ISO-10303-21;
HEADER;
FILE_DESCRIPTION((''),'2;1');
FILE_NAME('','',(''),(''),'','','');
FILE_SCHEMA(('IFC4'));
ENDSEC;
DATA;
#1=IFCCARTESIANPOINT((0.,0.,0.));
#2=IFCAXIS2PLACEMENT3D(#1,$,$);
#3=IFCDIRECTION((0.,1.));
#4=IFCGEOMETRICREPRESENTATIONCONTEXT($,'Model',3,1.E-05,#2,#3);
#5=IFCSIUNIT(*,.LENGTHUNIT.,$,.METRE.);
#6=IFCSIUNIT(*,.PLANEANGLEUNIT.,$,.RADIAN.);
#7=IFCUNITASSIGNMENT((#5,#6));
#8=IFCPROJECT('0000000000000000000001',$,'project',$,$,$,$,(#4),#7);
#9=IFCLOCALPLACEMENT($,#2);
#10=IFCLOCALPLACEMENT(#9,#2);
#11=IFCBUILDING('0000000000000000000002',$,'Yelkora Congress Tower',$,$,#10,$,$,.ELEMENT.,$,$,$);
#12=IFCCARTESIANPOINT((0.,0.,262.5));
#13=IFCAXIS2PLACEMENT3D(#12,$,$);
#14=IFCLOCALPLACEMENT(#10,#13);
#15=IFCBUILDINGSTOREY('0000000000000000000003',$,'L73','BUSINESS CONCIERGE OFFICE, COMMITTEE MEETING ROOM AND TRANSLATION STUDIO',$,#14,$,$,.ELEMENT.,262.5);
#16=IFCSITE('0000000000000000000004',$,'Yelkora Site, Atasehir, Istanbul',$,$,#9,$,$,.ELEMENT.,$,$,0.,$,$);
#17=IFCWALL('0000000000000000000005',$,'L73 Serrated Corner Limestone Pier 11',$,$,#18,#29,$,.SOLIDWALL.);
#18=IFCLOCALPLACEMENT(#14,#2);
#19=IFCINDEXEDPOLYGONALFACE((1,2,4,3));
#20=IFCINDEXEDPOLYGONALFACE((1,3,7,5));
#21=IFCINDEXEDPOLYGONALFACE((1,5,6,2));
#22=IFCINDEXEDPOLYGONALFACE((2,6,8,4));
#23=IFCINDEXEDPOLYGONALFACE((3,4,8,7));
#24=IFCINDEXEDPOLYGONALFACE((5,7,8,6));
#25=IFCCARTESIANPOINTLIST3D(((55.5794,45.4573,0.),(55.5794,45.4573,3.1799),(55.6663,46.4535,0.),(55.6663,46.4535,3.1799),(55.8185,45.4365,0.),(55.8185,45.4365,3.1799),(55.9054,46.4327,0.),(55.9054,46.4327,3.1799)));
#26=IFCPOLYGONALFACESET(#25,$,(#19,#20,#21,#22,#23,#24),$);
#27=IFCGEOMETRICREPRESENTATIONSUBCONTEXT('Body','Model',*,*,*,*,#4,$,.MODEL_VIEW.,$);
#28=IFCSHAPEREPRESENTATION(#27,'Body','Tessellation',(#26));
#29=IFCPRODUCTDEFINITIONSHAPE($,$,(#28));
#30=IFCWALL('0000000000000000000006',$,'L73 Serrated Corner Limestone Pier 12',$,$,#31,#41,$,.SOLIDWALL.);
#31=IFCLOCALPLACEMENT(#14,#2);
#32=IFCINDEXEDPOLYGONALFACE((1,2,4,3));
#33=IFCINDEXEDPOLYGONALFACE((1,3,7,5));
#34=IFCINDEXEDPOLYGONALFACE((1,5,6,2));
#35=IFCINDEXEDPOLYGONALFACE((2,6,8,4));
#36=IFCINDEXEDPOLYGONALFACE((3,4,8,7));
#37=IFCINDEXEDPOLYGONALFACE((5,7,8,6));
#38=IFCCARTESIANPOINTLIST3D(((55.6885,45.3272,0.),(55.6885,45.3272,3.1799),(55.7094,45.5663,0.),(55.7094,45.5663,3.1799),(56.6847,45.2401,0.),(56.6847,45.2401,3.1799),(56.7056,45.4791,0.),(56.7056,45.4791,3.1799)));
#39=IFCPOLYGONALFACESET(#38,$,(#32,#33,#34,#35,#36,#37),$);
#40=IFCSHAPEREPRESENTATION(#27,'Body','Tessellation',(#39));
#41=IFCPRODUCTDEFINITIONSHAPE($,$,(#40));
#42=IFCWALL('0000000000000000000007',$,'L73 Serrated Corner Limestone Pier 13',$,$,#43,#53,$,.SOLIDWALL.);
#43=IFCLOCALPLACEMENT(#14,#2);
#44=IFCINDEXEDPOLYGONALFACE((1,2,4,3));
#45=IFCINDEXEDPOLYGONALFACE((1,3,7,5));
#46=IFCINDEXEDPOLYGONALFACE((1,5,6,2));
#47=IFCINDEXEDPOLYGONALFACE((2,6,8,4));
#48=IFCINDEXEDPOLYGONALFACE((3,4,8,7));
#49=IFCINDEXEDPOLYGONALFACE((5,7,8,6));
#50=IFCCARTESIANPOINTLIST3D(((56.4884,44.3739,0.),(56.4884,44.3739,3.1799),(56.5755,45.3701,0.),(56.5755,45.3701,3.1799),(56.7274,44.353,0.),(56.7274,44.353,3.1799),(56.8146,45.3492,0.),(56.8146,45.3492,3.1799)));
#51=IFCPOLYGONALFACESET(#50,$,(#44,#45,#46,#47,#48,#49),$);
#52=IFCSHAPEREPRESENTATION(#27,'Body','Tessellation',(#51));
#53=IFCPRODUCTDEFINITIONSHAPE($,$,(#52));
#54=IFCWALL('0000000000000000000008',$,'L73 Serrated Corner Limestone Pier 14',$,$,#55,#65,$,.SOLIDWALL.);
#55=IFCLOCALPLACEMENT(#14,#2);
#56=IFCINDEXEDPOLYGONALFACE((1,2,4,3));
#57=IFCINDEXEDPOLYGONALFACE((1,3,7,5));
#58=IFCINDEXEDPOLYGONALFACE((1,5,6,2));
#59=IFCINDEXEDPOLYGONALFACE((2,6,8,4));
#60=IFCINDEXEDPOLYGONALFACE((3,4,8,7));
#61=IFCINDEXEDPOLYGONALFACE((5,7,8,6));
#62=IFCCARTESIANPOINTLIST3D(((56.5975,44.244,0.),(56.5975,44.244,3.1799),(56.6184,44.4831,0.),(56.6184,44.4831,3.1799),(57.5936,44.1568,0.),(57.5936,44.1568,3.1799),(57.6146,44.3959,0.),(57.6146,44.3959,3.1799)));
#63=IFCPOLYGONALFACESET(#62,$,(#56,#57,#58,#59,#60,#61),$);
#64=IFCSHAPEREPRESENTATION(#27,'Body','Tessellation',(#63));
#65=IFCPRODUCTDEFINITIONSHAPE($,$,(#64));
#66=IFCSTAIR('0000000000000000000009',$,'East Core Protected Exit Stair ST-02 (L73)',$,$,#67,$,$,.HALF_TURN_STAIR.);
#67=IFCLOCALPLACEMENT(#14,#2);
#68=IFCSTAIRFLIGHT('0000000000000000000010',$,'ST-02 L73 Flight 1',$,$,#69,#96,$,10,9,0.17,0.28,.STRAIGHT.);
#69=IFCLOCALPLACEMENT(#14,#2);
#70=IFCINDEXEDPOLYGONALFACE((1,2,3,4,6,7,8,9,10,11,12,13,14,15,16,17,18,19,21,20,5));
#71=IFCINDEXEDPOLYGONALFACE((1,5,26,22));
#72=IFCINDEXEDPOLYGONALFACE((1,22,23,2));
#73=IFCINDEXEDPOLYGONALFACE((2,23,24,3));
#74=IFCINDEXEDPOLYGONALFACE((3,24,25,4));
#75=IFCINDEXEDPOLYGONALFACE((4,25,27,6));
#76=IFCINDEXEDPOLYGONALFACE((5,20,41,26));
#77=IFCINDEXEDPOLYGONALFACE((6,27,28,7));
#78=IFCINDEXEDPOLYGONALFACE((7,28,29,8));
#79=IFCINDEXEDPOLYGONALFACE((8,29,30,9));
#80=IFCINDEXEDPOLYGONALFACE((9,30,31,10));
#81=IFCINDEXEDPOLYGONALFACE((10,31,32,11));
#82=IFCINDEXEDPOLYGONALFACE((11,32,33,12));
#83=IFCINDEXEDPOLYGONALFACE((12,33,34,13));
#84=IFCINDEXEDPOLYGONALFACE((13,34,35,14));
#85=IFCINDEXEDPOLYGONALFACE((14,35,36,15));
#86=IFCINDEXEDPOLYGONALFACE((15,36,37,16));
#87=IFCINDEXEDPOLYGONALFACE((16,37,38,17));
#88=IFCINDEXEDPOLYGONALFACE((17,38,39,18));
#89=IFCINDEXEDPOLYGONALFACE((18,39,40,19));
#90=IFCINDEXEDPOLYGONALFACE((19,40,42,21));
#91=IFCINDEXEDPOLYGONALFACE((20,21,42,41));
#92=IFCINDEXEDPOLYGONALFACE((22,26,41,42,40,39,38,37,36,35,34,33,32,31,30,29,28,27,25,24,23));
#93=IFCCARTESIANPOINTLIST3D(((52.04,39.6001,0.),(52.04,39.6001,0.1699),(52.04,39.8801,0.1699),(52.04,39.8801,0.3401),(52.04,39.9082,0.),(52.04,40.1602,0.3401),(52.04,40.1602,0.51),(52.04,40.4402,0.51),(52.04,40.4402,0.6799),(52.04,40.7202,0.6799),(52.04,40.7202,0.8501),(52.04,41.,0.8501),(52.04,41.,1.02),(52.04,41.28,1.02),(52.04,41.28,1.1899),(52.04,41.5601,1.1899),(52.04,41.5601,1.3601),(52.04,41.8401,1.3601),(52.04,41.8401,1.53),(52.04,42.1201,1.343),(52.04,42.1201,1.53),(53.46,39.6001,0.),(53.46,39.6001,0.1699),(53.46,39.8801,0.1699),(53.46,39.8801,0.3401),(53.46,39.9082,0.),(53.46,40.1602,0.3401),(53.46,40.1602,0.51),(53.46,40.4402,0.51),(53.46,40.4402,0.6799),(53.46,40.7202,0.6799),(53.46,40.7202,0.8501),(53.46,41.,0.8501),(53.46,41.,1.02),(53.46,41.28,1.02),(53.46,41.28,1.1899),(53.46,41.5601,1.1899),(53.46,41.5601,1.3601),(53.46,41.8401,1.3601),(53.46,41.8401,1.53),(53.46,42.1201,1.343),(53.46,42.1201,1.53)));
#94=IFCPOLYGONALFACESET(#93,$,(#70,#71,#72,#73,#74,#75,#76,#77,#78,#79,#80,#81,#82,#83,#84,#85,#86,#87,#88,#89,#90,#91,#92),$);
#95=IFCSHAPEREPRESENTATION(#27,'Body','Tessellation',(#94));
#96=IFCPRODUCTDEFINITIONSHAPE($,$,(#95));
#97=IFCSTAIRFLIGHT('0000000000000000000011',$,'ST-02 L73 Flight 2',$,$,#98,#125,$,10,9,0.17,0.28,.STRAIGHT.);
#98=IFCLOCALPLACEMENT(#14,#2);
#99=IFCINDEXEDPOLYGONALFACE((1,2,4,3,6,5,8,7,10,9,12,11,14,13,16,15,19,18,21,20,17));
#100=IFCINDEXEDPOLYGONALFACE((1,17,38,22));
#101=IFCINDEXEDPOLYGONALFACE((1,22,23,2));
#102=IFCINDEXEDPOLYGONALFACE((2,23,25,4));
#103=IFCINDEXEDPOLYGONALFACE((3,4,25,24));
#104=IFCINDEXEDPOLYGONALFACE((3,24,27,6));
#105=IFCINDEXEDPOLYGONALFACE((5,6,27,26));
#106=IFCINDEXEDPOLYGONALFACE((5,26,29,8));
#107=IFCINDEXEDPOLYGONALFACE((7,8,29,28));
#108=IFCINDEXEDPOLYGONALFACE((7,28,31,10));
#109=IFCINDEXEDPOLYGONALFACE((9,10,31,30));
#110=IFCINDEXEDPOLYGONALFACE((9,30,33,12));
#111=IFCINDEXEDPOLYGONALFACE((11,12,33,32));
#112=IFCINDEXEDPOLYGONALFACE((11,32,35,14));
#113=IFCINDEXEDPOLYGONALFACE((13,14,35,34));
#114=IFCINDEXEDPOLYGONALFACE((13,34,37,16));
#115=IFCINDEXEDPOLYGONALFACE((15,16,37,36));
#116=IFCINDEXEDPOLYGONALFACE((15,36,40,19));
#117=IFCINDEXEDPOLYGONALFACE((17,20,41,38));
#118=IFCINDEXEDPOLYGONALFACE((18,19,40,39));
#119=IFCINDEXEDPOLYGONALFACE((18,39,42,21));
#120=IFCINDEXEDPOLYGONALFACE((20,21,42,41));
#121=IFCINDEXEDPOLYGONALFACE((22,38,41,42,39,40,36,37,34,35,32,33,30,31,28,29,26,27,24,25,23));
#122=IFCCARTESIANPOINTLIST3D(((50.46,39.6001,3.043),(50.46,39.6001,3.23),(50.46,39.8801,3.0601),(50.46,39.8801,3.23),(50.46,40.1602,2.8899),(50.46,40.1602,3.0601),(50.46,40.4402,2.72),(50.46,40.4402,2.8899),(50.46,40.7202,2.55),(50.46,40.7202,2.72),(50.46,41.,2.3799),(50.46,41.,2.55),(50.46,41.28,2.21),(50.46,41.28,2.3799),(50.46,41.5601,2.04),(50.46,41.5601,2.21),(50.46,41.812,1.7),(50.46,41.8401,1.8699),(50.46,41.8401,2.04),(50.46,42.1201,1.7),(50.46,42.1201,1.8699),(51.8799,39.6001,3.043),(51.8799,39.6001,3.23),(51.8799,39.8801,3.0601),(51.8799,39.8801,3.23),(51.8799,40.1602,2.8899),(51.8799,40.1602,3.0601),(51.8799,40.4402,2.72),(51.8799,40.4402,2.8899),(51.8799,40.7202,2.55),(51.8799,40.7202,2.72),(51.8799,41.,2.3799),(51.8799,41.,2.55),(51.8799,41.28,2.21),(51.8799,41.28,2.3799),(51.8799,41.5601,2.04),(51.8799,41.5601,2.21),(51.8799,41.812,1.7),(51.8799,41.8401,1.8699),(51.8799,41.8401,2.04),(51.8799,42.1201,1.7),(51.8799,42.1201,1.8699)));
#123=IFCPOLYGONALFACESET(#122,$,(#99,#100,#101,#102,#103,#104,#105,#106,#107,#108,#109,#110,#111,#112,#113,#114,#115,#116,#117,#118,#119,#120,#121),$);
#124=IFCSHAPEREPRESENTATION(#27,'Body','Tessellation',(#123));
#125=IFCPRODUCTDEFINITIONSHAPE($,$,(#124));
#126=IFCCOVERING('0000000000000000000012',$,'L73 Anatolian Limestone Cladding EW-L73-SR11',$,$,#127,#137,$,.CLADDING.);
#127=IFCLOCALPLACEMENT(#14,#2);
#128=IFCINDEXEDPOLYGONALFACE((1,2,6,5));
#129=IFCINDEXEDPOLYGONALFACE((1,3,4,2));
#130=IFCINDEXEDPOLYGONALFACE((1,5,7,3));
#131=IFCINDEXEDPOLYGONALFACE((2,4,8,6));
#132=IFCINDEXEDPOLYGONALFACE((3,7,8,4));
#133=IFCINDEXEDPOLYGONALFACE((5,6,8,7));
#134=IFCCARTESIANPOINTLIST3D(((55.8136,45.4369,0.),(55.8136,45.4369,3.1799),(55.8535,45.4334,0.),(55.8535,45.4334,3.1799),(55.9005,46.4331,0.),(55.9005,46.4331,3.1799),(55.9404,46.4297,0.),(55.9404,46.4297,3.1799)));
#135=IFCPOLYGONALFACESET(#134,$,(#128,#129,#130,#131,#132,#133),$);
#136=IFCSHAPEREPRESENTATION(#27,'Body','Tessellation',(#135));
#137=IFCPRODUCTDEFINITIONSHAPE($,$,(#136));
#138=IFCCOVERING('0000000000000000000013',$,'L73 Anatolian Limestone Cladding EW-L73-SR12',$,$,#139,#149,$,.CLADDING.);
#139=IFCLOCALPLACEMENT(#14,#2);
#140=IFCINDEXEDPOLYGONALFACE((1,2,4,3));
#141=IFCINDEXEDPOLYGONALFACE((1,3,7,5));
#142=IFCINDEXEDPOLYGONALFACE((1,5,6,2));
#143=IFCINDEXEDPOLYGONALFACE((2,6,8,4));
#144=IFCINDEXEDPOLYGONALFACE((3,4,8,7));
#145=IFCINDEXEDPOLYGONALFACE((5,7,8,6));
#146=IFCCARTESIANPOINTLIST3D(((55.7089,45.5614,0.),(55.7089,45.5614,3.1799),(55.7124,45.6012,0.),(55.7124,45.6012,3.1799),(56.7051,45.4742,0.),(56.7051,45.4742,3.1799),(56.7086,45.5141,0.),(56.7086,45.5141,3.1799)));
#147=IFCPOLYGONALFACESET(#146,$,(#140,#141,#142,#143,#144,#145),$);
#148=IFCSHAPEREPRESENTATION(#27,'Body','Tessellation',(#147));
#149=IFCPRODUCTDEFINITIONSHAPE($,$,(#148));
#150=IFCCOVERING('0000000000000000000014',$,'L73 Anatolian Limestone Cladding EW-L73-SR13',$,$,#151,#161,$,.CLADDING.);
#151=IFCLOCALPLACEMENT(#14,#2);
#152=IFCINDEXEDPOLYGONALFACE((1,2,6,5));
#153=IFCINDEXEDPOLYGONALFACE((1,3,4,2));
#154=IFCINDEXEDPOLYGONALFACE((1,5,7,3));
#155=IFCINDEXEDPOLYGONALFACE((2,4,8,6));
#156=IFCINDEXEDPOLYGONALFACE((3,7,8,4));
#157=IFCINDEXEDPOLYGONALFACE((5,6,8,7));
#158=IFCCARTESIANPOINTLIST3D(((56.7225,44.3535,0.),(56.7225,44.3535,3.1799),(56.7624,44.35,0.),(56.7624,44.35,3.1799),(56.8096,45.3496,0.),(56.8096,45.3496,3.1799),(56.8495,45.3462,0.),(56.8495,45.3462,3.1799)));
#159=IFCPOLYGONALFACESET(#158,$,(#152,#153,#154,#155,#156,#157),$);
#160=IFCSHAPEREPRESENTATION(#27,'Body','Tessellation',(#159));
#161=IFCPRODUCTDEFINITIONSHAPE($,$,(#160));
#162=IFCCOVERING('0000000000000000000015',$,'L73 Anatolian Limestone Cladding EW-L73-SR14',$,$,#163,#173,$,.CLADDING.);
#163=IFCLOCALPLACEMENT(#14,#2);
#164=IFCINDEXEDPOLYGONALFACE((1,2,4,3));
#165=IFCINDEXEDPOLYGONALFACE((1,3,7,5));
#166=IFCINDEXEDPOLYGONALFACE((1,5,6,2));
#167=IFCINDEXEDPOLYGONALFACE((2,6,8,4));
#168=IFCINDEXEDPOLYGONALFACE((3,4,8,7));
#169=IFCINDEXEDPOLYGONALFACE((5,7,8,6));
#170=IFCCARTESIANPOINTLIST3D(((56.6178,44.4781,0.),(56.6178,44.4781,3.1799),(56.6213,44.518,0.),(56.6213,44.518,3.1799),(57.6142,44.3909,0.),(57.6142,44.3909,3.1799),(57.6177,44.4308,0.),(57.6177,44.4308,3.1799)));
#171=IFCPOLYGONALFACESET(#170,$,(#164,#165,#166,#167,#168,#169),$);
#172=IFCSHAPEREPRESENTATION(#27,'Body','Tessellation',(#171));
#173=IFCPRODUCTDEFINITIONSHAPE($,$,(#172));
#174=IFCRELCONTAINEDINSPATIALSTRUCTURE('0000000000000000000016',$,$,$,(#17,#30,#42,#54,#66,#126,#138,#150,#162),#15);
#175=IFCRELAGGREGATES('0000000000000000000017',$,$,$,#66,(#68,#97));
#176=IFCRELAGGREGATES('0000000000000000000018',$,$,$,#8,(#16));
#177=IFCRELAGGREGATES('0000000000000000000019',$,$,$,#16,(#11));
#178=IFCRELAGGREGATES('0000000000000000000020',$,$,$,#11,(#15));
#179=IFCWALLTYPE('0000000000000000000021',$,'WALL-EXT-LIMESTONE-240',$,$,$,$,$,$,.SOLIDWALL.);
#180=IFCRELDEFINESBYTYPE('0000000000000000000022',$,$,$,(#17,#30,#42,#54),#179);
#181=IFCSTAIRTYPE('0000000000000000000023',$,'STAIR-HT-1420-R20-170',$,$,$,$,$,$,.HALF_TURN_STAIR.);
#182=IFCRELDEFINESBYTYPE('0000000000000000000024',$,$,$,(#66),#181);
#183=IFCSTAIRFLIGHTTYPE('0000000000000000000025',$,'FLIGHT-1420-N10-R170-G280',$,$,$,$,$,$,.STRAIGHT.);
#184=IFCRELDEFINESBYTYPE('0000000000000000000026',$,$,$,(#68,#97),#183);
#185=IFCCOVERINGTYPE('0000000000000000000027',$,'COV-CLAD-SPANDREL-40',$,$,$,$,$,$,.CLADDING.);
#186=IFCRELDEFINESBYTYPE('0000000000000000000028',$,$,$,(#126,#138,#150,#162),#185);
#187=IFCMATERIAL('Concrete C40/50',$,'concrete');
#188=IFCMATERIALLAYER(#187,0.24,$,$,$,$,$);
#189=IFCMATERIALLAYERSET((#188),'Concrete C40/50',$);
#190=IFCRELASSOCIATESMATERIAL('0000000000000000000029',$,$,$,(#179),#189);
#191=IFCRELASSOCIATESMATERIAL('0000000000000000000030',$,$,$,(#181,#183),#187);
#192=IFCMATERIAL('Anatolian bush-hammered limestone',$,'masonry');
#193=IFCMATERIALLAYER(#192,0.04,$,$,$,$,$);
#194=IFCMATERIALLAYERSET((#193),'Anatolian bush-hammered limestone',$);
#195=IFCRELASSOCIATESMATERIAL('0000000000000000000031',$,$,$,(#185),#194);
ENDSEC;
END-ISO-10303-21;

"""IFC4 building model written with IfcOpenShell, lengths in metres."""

from ifc_helpers import new_model, si_unit, direction, frame, frame_2d, origin, place, context, subcontext, project, spatial, polyline, rectangle, outline, extrude, material, layer, layer_set, type_object, element, aggregate, save


model = new_model("IFC4")

# Units and contexts
model_context = context("Model", 3, precision=1e-05, world=origin(), true_north=direction((0.0, 1.0)))
body_context = subcontext(model_context, "Body", "Model", "MODEL_VIEW")
ifc_project = project(units=[si_unit("LENGTHUNIT", "METRE"), si_unit("PLANEANGLEUNIT", "RADIAN")], contexts=[model_context])

# Site, building, storey
site_placement = place(None, origin())
site = spatial("IfcSite", under=ifc_project, at=site_placement, Name="Yelkora Site, Atasehir, Istanbul", CompositionType="ELEMENT", RefElevation=0.0)
building_placement = place(site_placement, origin())
building = spatial("IfcBuilding", under=site, at=building_placement, Name="Yelkora Congress Tower", CompositionType="ELEMENT")
storey_placement = place(building_placement, frame((0.0, 0.0, 262.5)))
storey = spatial("IfcBuildingStorey", under=building, at=storey_placement, Name="L73", Description="BUSINESS CONCIERGE OFFICE, COMMITTEE MEETING ROOM AND TRANSLATION STUDIO", CompositionType="ELEMENT", Elevation=262.5)

# Walls
ifc_material_1 = material(Name="Concrete C40/50", Category="concrete")
ifc_layer_1 = layer(ifc_material_1, 0.24)
ifc_layer_set_1 = layer_set([ifc_layer_1], Name="Concrete C40/50")
wall_type_1 = type_object("IfcWallType", Name="WALL-EXT-LIMESTONE-240", PredefinedType="SOLIDWALL", material=ifc_layer_set_1)
for number, where, z_axis, x_axis, name in (
    (1, (55.7859, 46.4431, 0.0), (0.0, 0.0, 1.0), (-0.086903, -0.996217, 0.0), "L73 Serrated Corner Limestone Pier 11"),
    (2, (55.699, 45.4468, 0.0), (0.0, 0.0, 1.0), (0.996194, -0.087167, 0.0), "L73 Serrated Corner Limestone Pier 12"),
    (3, (56.6951, 45.3596, 0.0), (0.0, 0.0, 1.0), (-0.087167, -0.996194, 0.0), "L73 Serrated Corner Limestone Pier 13"),
    (4, (56.6079, 44.3635, 0.0), (0.0, 0.0, 1.0), (0.996194, -0.087167, 0.0), "L73 Serrated Corner Limestone Pier 14"),
):
    element("IfcWall", number, at=place(storey_placement, frame(where, z_axis=z_axis, x_axis=x_axis)), inside=storey, type_object=wall_type_1, Name=name, PredefinedType="SOLIDWALL", context=body_context, shape_type="SweptSolid", body=[
        extrude(rectangle(XDim=1.0, YDim=0.24, at=frame_2d((0.5, 0.0))), origin(), (0.0, 0.0, 1.0), 3.1799),
    ])

# Stair, stair flights
stair_type = type_object("IfcStairType", Name="STAIR-HT-1420-R20-170", PredefinedType="HALF_TURN_STAIR", material=ifc_material_1)
stair_placement = place(storey_placement, origin())
stair = element("IfcStair", 5, at=stair_placement, inside=storey, type_object=stair_type, Name="East Core Protected Exit Stair ST-02 (L73)", PredefinedType="HALF_TURN_STAIR")
stair_flight_type = type_object("IfcStairFlightType", Name="FLIGHT-1420-N10-R170-G280", PredefinedType="STRAIGHT", material=ifc_material_1)
stair_flight_1_placement = place(storey_placement, frame((52.75, 39.6001, 0.0), z_axis=(0.0, 0.0, 1.0), x_axis=(0.0, 1.0, 0.0)))
stair_flight_1 = element("IfcStairFlight", 6, at=stair_flight_1_placement, type_object=stair_flight_type, Name="ST-02 L73 Flight 1", NumberOfRisers=10, NumberOfTreads=9, PredefinedType="STRAIGHT", RiserHeight=0.17, TreadLength=0.28, context=body_context, shape_type="SweptSolid", body=[
    extrude(outline(polyline([(0.0, 0.0), (0.0, 0.1699), (0.28, 0.1699), (0.28, 0.3401), (0.5601, 0.3401), (0.5601, 0.51), (0.8401, 0.51), (0.8401, 0.6799), (1.1201, 0.6799), (1.1201, 0.8501), (1.3999, 0.8501), (1.3999, 1.02), (1.6799, 1.02), (1.6799, 1.1899), (1.96, 1.1899), (1.96, 1.3601), (2.24, 1.3601), (2.24, 1.53), (2.52, 1.53), (2.52, 1.7), (2.52, 1.343), (0.3081, 0.0), (0.0, 0.0)])), frame((0.0, 0.71, 0.0), z_axis=(0.0, -1.0, 0.0), x_axis=(1.0, 0.0, 0.0)), (0.0, 0.0, 1.0), 1.4199),
])
stair_flight_2_placement = place(storey_placement, frame((51.1699, 42.1201, 1.7), z_axis=(0.0, 0.0, 1.0), x_axis=(0.0, -1.0, 0.0)))
stair_flight_2 = element("IfcStairFlight", 7, at=stair_flight_2_placement, type_object=stair_flight_type, Name="ST-02 L73 Flight 2", NumberOfRisers=10, NumberOfTreads=9, PredefinedType="STRAIGHT", RiserHeight=0.17, TreadLength=0.28, context=body_context, shape_type="SweptSolid", body=[
    extrude(outline(polyline([(0.0, 0.0), (0.0, 0.1699), (0.28, 0.1699), (0.28, 0.3401), (0.5601, 0.3401), (0.5601, 0.51), (0.8401, 0.51), (0.8401, 0.6799), (1.1201, 0.6799), (1.1201, 0.8501), (1.3999, 0.8501), (1.3999, 1.02), (1.6799, 1.02), (1.6799, 1.1899), (1.96, 1.1899), (1.96, 1.3601), (2.24, 1.3601), (2.24, 1.53), (2.52, 1.53), (2.52, 1.7), (2.52, 1.343), (0.3081, 0.0), (0.0, 0.0)])), frame((0.0, 0.71, 0.0), z_axis=(0.0, -1.0, 0.0), x_axis=(1.0, 0.0, 0.0)), (0.0, 0.0, 1.0), 1.4199),
])
aggregate(stair, [stair_flight_1, stair_flight_2])

# Coverings
ifc_material_2 = material(Name="Anatolian bush-hammered limestone", Category="masonry")
ifc_layer_2 = layer(ifc_material_2, 0.04)
ifc_layer_set_2 = layer_set([ifc_layer_2], Name="Anatolian bush-hammered limestone")
covering_type = type_object("IfcCoveringType", Name="COV-CLAD-SPANDREL-40", PredefinedType="CLADDING", material=ifc_layer_set_2)
for number, where, z_axis, x_axis, name in (
    (8, (55.9204, 46.4314, 0.0), (0.0, 0.0, 1.0), (-0.086903, -0.996217, 0.0), "L73 Anatolian Limestone Cladding EW-L73-SR11"),
    (9, (55.7107, 45.5813, 0.0), (0.0, 0.0, 1.0), (0.996194, -0.087167, 0.0), "L73 Anatolian Limestone Cladding EW-L73-SR12"),
    (10, (56.8296, 45.3479, 0.0), (0.0, 0.0, 1.0), (-0.087167, -0.996194, 0.0), "L73 Anatolian Limestone Cladding EW-L73-SR13"),
):
    element("IfcCovering", number, at=place(storey_placement, frame(where, z_axis=z_axis, x_axis=x_axis)), inside=storey, type_object=covering_type, Name=name, PredefinedType="CLADDING", context=body_context, shape_type="SweptSolid", body=[
        extrude(rectangle(XDim=1.0, YDim=0.04, at=frame_2d((0.5, 0.0))), origin(), (0.0, 0.0, 1.0), 3.1799),
    ])
covering_placement = place(storey_placement, frame((56.6196, 44.498, 0.0), z_axis=(0.0, 0.0, 1.0), x_axis=(0.996196, -0.087146, 0.0)))
element("IfcCovering", 11, at=covering_placement, inside=storey, type_object=covering_type, Name="L73 Anatolian Limestone Cladding EW-L73-SR14", PredefinedType="CLADDING", context=body_context, shape_type="SweptSolid", body=[
    extrude(rectangle(XDim=1.0002, YDim=0.04, at=frame_2d((0.5, 0.0))), origin(), (0.0, 0.0, 1.0), 3.1799),
])

save(model, "model.ifc")
